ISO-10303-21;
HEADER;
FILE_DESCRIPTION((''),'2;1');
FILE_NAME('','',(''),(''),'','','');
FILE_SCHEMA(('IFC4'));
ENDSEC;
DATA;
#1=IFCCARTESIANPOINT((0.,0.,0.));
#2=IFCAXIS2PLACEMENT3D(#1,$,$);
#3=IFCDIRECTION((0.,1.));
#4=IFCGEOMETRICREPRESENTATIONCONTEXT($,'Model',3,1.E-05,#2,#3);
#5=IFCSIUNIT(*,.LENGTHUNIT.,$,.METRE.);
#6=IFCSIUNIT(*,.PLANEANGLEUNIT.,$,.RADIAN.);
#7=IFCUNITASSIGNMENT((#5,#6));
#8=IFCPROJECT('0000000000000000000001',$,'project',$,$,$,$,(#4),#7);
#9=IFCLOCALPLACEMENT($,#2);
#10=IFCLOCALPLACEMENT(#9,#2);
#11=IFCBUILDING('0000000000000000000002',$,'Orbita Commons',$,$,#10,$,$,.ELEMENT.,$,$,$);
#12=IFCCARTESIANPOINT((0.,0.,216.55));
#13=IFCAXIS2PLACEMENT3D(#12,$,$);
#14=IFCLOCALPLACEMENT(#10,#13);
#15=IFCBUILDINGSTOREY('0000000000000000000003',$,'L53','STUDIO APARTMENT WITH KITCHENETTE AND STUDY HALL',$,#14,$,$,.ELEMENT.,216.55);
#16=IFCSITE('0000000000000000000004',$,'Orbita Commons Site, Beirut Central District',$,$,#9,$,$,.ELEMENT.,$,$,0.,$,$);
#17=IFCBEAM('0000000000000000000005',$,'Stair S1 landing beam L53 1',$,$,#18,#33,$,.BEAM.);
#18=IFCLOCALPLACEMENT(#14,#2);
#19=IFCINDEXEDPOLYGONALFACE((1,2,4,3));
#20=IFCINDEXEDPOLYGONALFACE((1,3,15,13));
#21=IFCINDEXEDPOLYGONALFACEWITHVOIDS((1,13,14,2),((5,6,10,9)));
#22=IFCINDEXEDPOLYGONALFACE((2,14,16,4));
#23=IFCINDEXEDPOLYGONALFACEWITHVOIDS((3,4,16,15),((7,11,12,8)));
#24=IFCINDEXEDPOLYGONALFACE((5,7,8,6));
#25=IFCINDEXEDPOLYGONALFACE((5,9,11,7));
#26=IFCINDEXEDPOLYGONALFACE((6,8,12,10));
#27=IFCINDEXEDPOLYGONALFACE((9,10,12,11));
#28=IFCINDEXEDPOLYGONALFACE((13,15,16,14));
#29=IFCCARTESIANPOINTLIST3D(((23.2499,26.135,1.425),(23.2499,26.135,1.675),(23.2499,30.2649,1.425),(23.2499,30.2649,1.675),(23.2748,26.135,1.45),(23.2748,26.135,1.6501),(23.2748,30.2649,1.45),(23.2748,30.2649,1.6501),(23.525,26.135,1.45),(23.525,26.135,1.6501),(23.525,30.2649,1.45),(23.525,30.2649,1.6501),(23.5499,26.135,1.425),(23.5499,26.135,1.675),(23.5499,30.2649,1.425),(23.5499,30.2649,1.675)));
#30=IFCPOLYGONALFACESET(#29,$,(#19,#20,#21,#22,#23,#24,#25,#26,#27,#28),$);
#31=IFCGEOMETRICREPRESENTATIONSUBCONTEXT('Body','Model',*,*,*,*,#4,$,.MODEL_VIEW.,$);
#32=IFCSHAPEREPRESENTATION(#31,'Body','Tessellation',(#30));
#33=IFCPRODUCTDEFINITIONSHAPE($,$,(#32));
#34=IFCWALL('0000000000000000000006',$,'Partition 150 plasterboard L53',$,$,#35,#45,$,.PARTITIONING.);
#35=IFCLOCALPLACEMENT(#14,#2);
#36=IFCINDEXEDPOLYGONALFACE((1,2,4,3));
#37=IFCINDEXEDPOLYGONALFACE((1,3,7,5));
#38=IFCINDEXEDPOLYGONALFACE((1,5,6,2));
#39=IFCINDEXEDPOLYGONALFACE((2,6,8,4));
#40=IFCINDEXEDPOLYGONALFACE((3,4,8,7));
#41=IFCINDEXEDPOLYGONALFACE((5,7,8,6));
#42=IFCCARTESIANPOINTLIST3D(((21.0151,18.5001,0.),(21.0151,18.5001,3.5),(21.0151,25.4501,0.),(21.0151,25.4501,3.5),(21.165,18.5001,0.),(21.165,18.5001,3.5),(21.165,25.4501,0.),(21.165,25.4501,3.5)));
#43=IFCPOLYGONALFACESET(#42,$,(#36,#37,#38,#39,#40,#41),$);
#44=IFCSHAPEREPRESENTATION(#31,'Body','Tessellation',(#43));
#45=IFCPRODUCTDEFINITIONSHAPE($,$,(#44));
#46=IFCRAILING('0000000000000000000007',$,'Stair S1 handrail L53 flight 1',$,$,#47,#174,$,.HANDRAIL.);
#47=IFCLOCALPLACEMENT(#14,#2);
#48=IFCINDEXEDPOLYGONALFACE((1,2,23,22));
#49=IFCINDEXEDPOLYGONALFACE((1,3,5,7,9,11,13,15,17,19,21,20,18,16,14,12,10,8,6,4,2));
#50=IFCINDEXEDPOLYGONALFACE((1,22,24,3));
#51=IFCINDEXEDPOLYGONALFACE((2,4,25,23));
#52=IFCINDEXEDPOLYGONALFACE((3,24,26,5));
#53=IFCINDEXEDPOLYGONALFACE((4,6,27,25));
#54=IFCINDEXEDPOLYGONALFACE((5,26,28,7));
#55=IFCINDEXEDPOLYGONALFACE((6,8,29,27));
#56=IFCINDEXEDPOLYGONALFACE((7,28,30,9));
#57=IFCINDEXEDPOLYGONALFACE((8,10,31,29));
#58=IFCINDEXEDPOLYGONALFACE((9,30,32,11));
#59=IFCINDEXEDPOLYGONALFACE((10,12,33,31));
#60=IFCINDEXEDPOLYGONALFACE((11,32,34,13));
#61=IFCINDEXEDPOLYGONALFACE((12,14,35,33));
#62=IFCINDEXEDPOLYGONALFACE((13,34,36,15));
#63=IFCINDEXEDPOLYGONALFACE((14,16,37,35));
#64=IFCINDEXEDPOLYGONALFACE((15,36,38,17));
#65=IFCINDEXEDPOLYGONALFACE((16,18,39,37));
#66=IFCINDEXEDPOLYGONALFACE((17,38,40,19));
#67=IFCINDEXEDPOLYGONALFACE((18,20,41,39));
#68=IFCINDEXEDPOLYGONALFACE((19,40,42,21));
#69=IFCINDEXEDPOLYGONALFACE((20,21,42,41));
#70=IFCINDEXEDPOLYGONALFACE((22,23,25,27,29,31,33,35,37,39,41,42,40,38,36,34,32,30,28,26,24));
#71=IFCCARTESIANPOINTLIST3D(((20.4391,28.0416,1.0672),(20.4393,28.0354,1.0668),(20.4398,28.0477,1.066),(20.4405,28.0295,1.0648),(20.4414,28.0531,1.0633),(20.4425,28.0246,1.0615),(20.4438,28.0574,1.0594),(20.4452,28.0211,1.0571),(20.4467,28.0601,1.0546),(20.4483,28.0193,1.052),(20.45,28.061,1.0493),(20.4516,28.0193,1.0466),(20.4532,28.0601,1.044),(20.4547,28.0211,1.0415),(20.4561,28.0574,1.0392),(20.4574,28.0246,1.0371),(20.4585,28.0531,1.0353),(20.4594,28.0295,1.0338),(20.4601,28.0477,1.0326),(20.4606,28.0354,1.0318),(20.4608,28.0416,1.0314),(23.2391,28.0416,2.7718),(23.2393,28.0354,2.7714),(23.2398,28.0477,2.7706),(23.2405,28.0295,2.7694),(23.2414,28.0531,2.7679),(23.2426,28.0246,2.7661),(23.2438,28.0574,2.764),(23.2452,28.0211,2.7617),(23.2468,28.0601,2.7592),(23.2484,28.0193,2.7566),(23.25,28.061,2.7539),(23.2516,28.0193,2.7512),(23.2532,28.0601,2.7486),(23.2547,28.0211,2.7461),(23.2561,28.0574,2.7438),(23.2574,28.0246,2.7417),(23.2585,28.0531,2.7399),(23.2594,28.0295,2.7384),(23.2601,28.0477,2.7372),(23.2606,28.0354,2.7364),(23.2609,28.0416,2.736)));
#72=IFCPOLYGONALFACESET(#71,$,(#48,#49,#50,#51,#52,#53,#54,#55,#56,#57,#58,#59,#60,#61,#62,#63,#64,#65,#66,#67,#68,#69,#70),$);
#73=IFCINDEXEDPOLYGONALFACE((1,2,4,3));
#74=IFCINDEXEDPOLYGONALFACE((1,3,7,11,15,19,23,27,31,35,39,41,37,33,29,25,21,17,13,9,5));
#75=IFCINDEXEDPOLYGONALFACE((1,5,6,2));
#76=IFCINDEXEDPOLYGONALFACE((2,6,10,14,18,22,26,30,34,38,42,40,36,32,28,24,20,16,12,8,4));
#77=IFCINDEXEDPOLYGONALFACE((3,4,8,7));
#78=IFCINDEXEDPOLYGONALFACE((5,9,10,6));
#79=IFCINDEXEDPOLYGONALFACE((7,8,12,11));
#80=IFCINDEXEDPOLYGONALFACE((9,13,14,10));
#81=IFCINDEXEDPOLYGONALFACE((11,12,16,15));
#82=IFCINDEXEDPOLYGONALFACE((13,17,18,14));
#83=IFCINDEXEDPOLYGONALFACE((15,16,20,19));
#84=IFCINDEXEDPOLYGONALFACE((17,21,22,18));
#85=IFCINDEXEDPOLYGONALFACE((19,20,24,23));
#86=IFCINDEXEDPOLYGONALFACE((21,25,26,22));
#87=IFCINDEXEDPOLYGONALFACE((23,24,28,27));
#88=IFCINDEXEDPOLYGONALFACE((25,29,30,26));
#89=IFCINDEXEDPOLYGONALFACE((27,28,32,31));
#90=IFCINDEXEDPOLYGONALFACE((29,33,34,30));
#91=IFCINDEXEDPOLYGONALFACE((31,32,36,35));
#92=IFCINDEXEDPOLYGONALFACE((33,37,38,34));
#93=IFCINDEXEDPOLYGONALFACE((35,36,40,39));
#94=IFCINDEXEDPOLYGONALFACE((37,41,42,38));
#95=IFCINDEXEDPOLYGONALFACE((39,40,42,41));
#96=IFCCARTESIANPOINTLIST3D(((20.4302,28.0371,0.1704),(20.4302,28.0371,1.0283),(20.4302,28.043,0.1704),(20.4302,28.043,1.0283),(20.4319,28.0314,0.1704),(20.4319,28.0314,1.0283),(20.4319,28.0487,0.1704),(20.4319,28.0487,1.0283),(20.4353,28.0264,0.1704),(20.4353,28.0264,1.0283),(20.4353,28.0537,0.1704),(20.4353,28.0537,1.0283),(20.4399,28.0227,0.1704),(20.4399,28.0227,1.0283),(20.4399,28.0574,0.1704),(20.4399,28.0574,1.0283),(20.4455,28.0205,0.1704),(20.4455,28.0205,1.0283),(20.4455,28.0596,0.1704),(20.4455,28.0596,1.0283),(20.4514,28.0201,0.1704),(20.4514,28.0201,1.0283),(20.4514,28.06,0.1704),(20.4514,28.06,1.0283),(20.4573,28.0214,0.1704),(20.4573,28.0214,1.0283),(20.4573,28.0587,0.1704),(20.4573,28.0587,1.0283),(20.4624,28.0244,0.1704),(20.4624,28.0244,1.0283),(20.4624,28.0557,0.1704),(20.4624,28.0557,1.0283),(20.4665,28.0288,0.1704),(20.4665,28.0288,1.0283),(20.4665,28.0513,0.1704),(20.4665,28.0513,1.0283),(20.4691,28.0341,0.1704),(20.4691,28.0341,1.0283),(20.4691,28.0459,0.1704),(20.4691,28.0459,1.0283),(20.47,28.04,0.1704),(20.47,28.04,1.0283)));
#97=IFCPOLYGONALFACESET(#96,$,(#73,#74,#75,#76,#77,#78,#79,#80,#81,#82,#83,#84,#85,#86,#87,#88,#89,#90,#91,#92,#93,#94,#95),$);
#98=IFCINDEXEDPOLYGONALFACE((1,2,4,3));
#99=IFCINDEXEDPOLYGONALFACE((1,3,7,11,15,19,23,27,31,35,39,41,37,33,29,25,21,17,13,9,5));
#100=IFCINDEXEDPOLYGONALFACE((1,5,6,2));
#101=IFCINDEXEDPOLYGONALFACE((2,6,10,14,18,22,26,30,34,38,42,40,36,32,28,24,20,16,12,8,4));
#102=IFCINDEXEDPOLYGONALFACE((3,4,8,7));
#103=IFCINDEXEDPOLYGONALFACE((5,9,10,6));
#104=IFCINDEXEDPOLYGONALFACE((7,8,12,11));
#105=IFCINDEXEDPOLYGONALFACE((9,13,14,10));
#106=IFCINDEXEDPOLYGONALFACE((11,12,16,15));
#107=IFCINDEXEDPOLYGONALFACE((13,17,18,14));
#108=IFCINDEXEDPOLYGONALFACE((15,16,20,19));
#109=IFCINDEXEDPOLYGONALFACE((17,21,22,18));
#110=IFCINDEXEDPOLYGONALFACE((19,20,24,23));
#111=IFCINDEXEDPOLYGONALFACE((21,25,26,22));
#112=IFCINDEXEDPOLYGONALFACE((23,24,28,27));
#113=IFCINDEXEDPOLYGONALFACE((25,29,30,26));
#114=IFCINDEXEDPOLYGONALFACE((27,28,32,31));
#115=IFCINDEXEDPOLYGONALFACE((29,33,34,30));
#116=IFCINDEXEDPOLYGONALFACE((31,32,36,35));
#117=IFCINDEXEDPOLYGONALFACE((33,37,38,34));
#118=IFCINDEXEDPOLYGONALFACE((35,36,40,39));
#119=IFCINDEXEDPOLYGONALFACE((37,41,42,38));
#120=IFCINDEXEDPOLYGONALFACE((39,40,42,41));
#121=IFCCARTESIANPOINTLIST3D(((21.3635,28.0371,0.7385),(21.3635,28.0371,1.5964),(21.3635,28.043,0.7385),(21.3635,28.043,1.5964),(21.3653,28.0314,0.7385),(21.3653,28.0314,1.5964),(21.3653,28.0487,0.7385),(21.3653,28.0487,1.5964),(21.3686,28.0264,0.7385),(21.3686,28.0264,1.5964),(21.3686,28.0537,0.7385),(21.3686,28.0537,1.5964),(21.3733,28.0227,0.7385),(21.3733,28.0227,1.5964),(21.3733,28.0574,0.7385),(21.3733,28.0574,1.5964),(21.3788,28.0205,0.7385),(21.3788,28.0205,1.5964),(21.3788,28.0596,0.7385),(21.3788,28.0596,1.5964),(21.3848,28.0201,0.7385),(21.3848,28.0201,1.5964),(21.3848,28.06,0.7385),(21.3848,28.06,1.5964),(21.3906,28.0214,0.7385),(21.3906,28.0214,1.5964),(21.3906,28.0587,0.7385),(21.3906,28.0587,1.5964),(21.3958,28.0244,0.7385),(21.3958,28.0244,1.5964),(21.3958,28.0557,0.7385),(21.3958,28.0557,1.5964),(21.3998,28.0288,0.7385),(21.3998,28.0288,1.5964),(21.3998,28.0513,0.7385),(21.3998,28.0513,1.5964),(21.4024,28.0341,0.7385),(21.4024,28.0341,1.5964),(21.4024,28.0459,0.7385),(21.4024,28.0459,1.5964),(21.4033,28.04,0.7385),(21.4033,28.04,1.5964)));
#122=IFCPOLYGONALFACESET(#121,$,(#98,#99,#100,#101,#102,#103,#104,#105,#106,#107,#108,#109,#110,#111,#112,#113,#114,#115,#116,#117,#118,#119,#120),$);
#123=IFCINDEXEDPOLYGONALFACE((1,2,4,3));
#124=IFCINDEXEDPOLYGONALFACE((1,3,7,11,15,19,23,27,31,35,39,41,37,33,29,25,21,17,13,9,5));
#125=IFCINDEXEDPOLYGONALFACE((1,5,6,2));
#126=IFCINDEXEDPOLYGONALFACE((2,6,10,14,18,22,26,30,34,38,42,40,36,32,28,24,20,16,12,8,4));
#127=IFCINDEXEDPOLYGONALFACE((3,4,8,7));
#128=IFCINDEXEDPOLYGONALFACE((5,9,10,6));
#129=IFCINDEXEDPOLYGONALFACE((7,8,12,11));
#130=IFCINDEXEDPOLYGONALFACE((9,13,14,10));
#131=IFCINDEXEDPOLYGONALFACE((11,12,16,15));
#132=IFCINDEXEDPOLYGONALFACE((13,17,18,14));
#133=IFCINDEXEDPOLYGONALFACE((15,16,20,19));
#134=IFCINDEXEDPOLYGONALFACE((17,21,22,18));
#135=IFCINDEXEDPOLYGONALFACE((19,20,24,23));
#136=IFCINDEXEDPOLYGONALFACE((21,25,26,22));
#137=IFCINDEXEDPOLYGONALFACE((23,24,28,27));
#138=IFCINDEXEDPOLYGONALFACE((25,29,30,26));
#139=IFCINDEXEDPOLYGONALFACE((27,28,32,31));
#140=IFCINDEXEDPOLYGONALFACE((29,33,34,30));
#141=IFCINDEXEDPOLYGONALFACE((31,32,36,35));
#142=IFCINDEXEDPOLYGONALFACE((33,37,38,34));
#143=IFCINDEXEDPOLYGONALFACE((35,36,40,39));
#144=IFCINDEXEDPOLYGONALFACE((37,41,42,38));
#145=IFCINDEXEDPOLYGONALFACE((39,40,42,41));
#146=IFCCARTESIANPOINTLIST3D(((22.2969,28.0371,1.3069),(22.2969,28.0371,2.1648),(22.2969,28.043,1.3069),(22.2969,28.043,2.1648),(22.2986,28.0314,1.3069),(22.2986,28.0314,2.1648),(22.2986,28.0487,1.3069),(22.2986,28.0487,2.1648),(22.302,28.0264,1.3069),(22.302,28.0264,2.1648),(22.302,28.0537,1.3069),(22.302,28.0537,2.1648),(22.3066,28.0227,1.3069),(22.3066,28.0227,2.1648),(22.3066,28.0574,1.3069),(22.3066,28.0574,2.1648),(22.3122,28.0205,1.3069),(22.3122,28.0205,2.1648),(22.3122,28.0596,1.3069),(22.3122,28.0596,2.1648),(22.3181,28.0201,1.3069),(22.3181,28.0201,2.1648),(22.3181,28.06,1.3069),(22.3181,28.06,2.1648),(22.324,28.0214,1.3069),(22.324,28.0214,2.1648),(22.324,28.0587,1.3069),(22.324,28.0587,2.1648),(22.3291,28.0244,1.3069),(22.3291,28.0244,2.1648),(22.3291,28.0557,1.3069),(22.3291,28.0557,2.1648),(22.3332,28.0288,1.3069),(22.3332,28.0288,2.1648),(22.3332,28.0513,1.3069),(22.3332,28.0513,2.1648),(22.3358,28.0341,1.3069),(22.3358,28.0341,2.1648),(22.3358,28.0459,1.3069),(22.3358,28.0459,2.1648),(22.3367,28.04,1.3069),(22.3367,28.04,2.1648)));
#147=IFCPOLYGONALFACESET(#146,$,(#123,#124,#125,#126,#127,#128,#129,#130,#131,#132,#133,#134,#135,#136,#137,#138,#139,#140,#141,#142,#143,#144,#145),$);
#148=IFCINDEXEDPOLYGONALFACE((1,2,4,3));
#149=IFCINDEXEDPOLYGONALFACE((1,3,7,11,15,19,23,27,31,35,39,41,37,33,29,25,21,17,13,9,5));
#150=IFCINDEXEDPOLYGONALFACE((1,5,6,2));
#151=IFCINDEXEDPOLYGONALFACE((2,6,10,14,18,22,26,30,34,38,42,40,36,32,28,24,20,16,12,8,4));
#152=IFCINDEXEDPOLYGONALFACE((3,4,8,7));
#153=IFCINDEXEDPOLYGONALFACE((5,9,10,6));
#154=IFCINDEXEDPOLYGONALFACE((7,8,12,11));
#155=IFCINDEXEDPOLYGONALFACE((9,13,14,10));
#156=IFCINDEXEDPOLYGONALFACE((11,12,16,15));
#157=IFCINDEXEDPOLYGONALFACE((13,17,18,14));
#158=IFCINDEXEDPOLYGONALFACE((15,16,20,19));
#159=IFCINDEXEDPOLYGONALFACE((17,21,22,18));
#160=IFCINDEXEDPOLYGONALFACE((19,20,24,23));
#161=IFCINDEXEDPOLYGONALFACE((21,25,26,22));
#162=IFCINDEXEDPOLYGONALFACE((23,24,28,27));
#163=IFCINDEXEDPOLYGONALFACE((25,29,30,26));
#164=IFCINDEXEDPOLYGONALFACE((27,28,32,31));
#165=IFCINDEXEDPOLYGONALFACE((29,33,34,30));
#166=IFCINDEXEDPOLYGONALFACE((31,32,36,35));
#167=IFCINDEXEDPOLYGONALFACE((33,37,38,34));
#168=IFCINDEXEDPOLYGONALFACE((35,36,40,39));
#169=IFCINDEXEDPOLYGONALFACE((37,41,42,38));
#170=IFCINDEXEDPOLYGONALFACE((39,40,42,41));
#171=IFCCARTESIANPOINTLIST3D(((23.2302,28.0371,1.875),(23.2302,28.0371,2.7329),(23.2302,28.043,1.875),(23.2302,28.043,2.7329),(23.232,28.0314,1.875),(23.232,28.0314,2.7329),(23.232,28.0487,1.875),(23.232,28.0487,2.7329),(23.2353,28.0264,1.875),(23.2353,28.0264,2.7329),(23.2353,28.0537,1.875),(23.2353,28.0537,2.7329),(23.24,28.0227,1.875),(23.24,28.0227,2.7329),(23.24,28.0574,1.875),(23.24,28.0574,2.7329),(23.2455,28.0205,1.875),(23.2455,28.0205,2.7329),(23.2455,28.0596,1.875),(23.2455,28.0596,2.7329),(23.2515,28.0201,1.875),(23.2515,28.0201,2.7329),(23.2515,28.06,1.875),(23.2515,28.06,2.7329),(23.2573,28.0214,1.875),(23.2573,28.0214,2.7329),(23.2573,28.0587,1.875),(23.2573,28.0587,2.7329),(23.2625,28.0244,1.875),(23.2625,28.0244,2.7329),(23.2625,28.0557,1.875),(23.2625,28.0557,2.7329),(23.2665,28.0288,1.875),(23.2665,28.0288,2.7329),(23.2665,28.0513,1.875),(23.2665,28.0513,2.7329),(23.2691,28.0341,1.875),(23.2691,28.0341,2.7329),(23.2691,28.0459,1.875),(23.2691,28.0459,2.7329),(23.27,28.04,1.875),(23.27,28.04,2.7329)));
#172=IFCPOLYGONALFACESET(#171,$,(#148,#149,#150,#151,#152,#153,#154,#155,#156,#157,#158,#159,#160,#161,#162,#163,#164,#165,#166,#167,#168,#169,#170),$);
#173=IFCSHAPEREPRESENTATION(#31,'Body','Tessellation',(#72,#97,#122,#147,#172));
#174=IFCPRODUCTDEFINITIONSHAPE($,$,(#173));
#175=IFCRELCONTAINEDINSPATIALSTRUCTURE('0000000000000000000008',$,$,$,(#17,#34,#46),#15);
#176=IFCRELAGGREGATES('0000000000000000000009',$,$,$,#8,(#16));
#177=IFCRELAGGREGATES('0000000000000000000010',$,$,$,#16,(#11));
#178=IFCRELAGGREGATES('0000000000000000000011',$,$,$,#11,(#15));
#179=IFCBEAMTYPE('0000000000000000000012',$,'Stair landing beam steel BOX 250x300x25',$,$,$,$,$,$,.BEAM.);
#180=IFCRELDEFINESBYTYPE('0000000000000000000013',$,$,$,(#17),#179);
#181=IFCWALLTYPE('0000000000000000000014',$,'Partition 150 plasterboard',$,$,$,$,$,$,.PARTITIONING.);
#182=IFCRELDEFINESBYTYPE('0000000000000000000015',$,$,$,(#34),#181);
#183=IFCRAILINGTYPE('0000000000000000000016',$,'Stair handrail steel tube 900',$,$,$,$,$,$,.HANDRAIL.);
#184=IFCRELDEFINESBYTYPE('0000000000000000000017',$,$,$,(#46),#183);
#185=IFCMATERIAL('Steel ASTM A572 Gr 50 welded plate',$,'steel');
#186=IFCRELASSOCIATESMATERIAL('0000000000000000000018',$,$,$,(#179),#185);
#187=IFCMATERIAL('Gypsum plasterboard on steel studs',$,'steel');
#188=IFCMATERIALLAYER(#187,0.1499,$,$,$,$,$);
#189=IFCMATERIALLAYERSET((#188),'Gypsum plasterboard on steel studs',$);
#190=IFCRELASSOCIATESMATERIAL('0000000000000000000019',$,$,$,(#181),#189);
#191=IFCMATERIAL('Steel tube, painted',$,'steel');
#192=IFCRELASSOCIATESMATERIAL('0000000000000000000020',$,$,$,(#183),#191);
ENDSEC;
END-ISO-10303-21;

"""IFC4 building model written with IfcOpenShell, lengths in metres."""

from ifc_helpers import new_model, si_unit, direction, frame, frame_2d, origin, origin_2d, place, context, subcontext, project, spatial, rectangle, hollow_rectangle, circle, extrude, material, layer, layer_set, material_profile, profile_set, type_object, element, save


model = new_model("IFC4")

# Units and contexts
model_context = context("Model", 3, precision=1e-05, world=origin(), true_north=direction((0.0, 1.0)))
body_context = subcontext(model_context, "Body", "Model", "MODEL_VIEW")
ifc_project = project(units=[si_unit("LENGTHUNIT", "METRE"), si_unit("PLANEANGLEUNIT", "RADIAN")], contexts=[model_context])

# Site, building, storey
site_placement = place(None, origin())
site = spatial("IfcSite", under=ifc_project, at=site_placement, Name="Orbita Commons Site, Beirut Central District", CompositionType="ELEMENT", RefElevation=0.0)
building_placement = place(site_placement, origin())
building = spatial("IfcBuilding", under=site, at=building_placement, Name="Orbita Commons", CompositionType="ELEMENT")
storey_placement = place(building_placement, frame((0.0, 0.0, 216.55)))
storey = spatial("IfcBuildingStorey", under=building, at=storey_placement, Name="L53", Description="STUDIO APARTMENT WITH KITCHENETTE AND STUDY HALL", CompositionType="ELEMENT", Elevation=216.55)

# Beam
ifc_material_1 = material(Name="Steel ASTM A572 Gr 50 welded plate", Category="steel")
ifc_material_profile = material_profile(ifc_material_1, hollow_rectangle(XDim=0.3, YDim=0.25, WallThickness=0.0249, at=origin_2d()), Name="BOX 250x300x25")
ifc_profile_set = profile_set([ifc_material_profile], Name="Steel ASTM A572 Gr 50 welded plate")
beam_type = type_object("IfcBeamType", Name="Stair landing beam steel BOX 250x300x25", PredefinedType="BEAM", material=ifc_profile_set)
beam_placement = place(storey_placement, frame((23.3999, 26.135, 1.55), z_axis=(0.0, 1.0, 0.0), x_axis=(-1.0, 0.0, 0.0)))
element("IfcBeam", 1, at=beam_placement, inside=storey, type_object=beam_type, Name="Stair S1 landing beam L53 1", PredefinedType="BEAM", context=body_context, shape_type="SweptSolid", body=[
    extrude(hollow_rectangle(XDim=0.3, YDim=0.25, WallThickness=0.0249, at=origin_2d()), origin(), (0.0, 0.0, 1.0), 4.1299),
])

# Wall
ifc_material_2 = material(Name="Gypsum plasterboard on steel studs", Category="steel")
ifc_layer_1 = layer(ifc_material_2, 0.1499)
ifc_layer_set_1 = layer_set([ifc_layer_1], Name="Gypsum plasterboard on steel studs")
wall_type_1 = type_object("IfcWallType", Name="Partition 150 plasterboard", PredefinedType="PARTITIONING", material=ifc_layer_set_1)
wall_1_placement = place(storey_placement, frame((21.0901, 18.5, 0.0), z_axis=(0.0, 0.0, 1.0), x_axis=(0.0, 1.0, 0.0)))
element("IfcWall", 2, at=wall_1_placement, inside=storey, type_object=wall_type_1, Name="Partition 150 plasterboard L53", PredefinedType="PARTITIONING", context=body_context, shape_type="SweptSolid", body=[
    extrude(rectangle(XDim=6.95, YDim=0.1499, at=frame_2d((3.4751, 0.0))), origin(), (0.0, 0.0, 1.0), 3.5),
])

# Railing
ifc_material_3 = material(Name="Steel tube, painted", Category="steel")
railing_type = type_object("IfcRailingType", Name="Stair handrail steel tube 900", PredefinedType="HANDRAIL", material=ifc_material_3)
for number, where, name in (
    (3, (20.45, 28.04, 0.1704), "Stair S1 handrail L53 flight 1"),
):
    element("IfcRailing", number, at=place(storey_placement, frame(where)), inside=storey, type_object=railing_type, Name=name, PredefinedType="HANDRAIL", context=body_context, shape_type="SweptSolid", body=[
        extrude(circle(Radius=0.021, at=origin_2d()), frame((0.0, 0.0, 0.8789), z_axis=(0.85417, 0.0, 0.519994), x_axis=(0.0, 1.0, 0.0)), (0.0, 0.0, 1.0), 3.2781),
        extrude(circle(Radius=0.02, at=origin_2d()), origin(), (0.0, 0.0, 1.0), 0.8579),
        extrude(circle(Radius=0.02, at=origin_2d()), frame((0.9333, 0.0, 0.5681)), (0.0, 0.0, 1.0), 0.8579),
        extrude(circle(Radius=0.02, at=origin_2d()), frame((1.8667, 0.0, 1.1365)), (0.0, 0.0, 1.0), 0.8579),
        extrude(circle(Radius=0.02, at=origin_2d()), frame((2.8, 0.0, 1.7046)), (0.0, 0.0, 1.0), 0.8579),
    ])

save(model, "model.ifc")
